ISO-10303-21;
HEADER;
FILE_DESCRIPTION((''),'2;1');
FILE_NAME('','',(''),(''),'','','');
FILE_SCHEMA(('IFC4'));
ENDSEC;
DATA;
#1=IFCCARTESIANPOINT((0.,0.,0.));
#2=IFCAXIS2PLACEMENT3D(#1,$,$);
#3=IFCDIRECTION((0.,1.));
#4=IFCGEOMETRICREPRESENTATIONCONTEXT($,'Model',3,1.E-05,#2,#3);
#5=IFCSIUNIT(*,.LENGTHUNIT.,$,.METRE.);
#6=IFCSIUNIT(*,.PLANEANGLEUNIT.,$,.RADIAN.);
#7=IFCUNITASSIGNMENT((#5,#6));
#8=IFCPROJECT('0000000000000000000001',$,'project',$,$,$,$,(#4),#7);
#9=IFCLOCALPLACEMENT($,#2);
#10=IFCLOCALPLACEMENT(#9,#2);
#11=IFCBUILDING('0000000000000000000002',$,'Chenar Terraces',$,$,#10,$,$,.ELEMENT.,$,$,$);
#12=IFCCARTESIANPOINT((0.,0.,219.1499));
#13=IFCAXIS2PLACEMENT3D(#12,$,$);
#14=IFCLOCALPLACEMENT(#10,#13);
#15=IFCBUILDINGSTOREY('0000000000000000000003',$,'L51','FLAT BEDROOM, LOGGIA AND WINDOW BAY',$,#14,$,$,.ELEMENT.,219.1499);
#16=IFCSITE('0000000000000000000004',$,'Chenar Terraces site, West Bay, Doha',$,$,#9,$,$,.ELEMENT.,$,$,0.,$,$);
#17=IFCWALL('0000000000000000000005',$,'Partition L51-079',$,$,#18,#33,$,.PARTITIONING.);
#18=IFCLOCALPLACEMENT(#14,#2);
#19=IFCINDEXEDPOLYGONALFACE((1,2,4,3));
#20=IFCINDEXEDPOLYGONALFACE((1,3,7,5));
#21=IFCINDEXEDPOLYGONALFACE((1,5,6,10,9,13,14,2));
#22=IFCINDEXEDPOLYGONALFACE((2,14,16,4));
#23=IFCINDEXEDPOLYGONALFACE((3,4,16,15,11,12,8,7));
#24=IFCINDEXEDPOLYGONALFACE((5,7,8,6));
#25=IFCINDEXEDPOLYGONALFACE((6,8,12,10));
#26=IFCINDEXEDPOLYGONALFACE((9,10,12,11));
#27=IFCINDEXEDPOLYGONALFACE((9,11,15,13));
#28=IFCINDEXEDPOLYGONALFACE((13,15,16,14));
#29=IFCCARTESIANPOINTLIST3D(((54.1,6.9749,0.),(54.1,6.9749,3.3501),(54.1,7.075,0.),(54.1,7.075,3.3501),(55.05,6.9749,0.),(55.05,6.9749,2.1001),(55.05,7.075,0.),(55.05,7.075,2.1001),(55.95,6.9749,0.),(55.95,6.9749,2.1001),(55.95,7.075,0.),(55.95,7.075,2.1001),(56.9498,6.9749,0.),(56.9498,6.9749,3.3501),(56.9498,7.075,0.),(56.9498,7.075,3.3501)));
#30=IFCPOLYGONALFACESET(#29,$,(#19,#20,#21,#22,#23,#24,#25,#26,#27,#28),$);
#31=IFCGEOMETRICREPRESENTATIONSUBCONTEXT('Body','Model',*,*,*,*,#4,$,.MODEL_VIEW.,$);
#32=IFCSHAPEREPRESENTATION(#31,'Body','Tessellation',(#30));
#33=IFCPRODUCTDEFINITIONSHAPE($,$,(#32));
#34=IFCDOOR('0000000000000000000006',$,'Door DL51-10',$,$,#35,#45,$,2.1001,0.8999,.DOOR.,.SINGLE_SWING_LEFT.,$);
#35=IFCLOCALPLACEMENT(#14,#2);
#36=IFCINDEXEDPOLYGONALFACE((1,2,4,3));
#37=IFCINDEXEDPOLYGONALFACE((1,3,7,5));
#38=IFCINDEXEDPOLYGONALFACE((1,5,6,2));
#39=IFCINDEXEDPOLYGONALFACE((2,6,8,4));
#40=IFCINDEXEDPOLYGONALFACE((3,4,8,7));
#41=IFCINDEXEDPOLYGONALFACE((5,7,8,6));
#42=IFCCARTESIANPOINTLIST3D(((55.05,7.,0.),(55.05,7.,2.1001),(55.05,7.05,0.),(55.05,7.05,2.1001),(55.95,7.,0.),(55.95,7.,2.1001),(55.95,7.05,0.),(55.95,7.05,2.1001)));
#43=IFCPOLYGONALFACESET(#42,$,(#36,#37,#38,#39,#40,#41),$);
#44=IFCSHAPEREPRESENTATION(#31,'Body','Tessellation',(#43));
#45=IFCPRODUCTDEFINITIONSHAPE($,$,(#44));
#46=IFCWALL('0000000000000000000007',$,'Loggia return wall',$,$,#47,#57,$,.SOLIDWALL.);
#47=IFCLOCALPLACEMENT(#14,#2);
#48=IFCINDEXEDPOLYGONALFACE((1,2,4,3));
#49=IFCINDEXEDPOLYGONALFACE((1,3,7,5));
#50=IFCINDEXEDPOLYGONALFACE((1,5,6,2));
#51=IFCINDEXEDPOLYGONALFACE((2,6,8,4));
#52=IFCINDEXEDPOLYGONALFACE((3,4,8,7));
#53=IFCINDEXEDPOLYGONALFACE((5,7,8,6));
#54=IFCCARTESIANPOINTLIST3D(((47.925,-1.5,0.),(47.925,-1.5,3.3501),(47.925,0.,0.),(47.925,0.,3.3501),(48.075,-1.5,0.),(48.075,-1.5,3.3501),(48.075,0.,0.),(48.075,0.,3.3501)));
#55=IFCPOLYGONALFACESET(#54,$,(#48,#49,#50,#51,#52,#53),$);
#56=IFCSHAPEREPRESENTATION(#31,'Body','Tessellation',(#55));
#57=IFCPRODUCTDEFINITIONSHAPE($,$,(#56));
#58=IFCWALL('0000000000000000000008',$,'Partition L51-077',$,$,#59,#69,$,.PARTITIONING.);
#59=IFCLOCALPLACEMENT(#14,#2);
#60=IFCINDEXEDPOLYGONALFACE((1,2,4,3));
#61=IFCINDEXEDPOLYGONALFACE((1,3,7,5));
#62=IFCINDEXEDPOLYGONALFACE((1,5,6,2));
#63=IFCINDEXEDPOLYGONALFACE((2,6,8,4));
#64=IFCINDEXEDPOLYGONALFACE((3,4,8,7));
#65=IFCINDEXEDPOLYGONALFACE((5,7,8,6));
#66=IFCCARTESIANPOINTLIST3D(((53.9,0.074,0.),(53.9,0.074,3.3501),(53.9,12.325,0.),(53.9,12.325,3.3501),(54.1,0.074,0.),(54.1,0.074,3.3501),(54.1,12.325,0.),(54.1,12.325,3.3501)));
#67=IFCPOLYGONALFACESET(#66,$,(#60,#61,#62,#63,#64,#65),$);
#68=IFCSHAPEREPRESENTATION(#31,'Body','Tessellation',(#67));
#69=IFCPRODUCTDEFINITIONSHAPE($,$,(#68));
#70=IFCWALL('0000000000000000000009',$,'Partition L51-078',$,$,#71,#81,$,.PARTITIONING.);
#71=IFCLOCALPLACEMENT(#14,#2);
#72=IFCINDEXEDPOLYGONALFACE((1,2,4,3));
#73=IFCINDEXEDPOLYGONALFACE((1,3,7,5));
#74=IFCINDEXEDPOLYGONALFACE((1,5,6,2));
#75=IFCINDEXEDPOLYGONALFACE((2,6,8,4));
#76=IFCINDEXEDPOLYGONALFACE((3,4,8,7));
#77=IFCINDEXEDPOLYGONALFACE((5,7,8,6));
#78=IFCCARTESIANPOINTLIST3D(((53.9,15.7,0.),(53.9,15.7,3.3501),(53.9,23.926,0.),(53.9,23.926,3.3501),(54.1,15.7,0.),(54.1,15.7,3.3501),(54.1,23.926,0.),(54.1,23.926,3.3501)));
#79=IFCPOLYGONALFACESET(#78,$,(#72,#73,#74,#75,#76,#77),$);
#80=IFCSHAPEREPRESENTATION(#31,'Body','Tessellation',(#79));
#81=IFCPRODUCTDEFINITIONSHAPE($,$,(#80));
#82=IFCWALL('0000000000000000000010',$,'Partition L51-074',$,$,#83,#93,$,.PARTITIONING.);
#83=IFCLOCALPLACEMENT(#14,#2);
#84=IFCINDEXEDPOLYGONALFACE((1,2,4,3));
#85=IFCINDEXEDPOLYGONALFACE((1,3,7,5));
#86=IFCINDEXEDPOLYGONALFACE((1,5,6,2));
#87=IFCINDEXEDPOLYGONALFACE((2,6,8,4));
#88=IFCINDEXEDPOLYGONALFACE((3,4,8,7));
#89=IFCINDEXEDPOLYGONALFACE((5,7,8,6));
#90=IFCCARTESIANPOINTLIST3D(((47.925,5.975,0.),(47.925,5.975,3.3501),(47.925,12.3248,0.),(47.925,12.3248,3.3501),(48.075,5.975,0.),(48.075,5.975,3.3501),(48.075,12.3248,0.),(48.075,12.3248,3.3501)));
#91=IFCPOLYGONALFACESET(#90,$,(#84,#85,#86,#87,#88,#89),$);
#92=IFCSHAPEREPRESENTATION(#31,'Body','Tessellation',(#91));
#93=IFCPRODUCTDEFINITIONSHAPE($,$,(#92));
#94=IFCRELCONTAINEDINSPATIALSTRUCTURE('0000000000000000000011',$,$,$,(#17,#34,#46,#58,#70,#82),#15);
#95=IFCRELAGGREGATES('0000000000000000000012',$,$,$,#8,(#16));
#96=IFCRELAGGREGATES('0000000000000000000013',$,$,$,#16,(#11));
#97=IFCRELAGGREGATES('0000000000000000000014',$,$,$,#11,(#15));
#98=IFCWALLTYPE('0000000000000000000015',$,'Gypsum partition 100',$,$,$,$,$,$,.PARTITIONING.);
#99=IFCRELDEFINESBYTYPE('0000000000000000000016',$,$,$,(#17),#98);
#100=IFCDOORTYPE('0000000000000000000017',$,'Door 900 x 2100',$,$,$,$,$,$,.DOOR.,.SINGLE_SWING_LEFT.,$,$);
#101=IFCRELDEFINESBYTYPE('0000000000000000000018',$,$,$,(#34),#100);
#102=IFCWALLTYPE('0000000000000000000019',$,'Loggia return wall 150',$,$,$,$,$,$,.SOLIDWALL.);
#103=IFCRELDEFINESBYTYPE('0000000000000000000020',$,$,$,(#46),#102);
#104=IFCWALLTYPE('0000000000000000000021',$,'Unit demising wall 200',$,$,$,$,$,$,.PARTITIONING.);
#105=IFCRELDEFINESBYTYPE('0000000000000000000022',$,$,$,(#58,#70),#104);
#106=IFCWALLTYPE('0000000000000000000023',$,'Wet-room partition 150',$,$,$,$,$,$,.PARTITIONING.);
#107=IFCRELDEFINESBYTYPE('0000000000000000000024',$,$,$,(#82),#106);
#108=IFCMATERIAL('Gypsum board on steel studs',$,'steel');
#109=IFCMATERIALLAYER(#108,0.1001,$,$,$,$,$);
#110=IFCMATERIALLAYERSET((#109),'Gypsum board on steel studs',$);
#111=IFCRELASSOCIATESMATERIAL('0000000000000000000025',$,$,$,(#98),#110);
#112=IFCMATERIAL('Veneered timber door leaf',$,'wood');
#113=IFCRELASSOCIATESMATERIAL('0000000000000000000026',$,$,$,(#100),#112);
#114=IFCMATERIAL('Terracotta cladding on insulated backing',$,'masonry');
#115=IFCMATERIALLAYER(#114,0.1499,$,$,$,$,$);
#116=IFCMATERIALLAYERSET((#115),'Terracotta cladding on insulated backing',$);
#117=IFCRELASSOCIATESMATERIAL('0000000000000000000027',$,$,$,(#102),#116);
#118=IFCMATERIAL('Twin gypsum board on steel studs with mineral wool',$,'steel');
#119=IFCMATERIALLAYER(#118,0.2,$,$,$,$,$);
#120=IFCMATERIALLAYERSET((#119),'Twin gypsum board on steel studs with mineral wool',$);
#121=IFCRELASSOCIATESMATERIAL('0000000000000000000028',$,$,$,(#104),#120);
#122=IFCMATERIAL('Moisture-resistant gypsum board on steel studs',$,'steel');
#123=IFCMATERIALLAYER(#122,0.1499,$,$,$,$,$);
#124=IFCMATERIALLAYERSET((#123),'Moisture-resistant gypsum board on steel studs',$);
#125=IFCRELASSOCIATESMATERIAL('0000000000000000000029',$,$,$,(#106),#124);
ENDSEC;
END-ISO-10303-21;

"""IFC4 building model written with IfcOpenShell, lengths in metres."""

from ifc_helpers import new_model, si_unit, direction, frame, frame_2d, origin, place, context, subcontext, project, spatial, rectangle, extrude, material, layer, layer_set, type_object, element, fill, save


model = new_model("IFC4")

# Units and contexts
model_context = context("Model", 3, precision=1e-05, world=origin(), true_north=direction((0.0, 1.0)))
body_context = subcontext(model_context, "Body", "Model", "MODEL_VIEW")
ifc_project = project(units=[si_unit("LENGTHUNIT", "METRE"), si_unit("PLANEANGLEUNIT", "RADIAN")], contexts=[model_context])

# Site, building, storey
site_placement = place(None, origin())
site = spatial("IfcSite", under=ifc_project, at=site_placement, Name="Chenar Terraces site, West Bay, Doha", CompositionType="ELEMENT", RefElevation=0.0)
building_placement = place(site_placement, origin())
building = spatial("IfcBuilding", under=site, at=building_placement, Name="Chenar Terraces", CompositionType="ELEMENT")
storey_placement = place(building_placement, frame((0.0, 0.0, 219.1499)))
storey = spatial("IfcBuildingStorey", under=building, at=storey_placement, Name="L51", Description="FLAT BEDROOM, LOGGIA AND WINDOW BAY", CompositionType="ELEMENT", Elevation=219.1499)

# Shared definitions
ifc_material_1 = material(Name="Gypsum board on steel studs", Category="steel")
ifc_layer_1 = layer(ifc_material_1, 0.1001)
ifc_layer_set_1 = layer_set([ifc_layer_1], Name="Gypsum board on steel studs")
wall_type_1 = type_object("IfcWallType", Name="Gypsum partition 100", PredefinedType="PARTITIONING", material=ifc_layer_set_1)

# Wall, opening, door
wall_1_placement = place(storey_placement, frame((54.1001, 7.0249, 0.0), z_axis=(0.0, 0.0, 1.0), x_axis=(1.0, 0.0, 0.0)))
wall_1 = element("IfcWall", 1, at=wall_1_placement, inside=storey, type_object=wall_type_1, Name="Partition L51-079", PredefinedType="PARTITIONING", context=body_context, shape_type="SweptSolid", body=[
    extrude(rectangle(XDim=2.8499, YDim=0.1001, at=frame_2d((1.4248, 0.0))), origin(), (0.0, 0.0, 1.0), 3.3501),
])
opening_1_placement = place(wall_1_placement, frame((0.95, 0.0, 0.0)))
opening_1 = element("IfcOpeningElement", 2, at=opening_1_placement, cuts=wall_1, PredefinedType="OPENING", context=body_context, shape_type="SweptSolid", body=[
    extrude(rectangle(XDim=0.8999, YDim=2.1001, at=frame_2d((0.45, 1.05))), frame((0.0, 0.0601, 0.0), z_axis=(0.0, -1.0, 0.0), x_axis=(1.0, 0.0, 0.0)), (0.0, 0.0, 1.0), 0.1201),
])
ifc_material_2 = material(Name="Veneered timber door leaf", Category="wood")
door_type_1 = type_object("IfcDoorType", Name="Door 900 x 2100", OperationType="SINGLE_SWING_LEFT", PredefinedType="DOOR", material=ifc_material_2)
door_1_placement = place(opening_1_placement, frame((0.8999, 0.0, 0.0), z_axis=(0.0, 0.0, 1.0), x_axis=(-1.0, 0.0, 0.0)))
door_1 = element("IfcDoor", 3, at=door_1_placement, inside=storey, type_object=door_type_1, Name="Door DL51-10", OperationType="SINGLE_SWING_LEFT", OverallHeight=2.1001, OverallWidth=0.8999, PredefinedType="DOOR", context=body_context, shape_type="SweptSolid", body=[
    extrude(rectangle(XDim=0.8999, YDim=2.1001, at=frame_2d((0.45, 1.05))), frame((0.0, 0.0249, 0.0), z_axis=(0.0, -1.0, 0.0), x_axis=(1.0, 0.0, 0.0)), (0.0, 0.0, 1.0), 0.05),
])
fill(opening_1, door_1)

# Walls
ifc_material_3 = material(Name="Terracotta cladding on insulated backing", Category="masonry")
ifc_layer_2 = layer(ifc_material_3, 0.1499)
ifc_layer_set_2 = layer_set([ifc_layer_2], Name="Terracotta cladding on insulated backing")
wall_type_2 = type_object("IfcWallType", Name="Loggia return wall 150", PredefinedType="SOLIDWALL", material=ifc_layer_set_2)
wall_2_placement = place(storey_placement, frame((48.0, -1.5, 0.0), z_axis=(0.0, 0.0, 1.0), x_axis=(0.0, 1.0, 0.0)))
element("IfcWall", 4, at=wall_2_placement, inside=storey, type_object=wall_type_2, Name="Loggia return wall", PredefinedType="SOLIDWALL", context=body_context, shape_type="SweptSolid", body=[
    extrude(rectangle(XDim=1.5, YDim=0.1499, at=frame_2d((0.75, 0.0))), origin(), (0.0, 0.0, 1.0), 3.3501),
])
ifc_material_4 = material(Name="Twin gypsum board on steel studs with mineral wool", Category="steel")
ifc_layer_3 = layer(ifc_material_4, 0.2)
ifc_layer_set_3 = layer_set([ifc_layer_3], Name="Twin gypsum board on steel studs with mineral wool")
wall_type_3 = type_object("IfcWallType", Name="Unit demising wall 200", PredefinedType="PARTITIONING", material=ifc_layer_set_3)
wall_3_placement = place(storey_placement, frame((54.0, 0.074, 0.0), z_axis=(0.0, 0.0, 1.0), x_axis=(0.0, 1.0, 0.0)))
element("IfcWall", 5, at=wall_3_placement, inside=storey, type_object=wall_type_3, Name="Partition L51-077", PredefinedType="PARTITIONING", context=body_context, shape_type="SweptSolid", body=[
    extrude(rectangle(XDim=12.251, YDim=0.2, at=frame_2d((6.1255, 0.0))), origin(), (0.0, 0.0, 1.0), 3.3501),
])
wall_4_placement = place(storey_placement, frame((54.0, 15.7, 0.0), z_axis=(0.0, 0.0, 1.0), x_axis=(0.0, 1.0, 0.0)))
element("IfcWall", 6, at=wall_4_placement, inside=storey, type_object=wall_type_3, Name="Partition L51-078", PredefinedType="PARTITIONING", context=body_context, shape_type="SweptSolid", body=[
    extrude(rectangle(XDim=8.2261, YDim=0.2, at=frame_2d((4.113, 0.0))), origin(), (0.0, 0.0, 1.0), 3.3501),
])
ifc_material_5 = material(Name="Moisture-resistant gypsum board on steel studs", Category="steel")
ifc_layer_4 = layer(ifc_material_5, 0.1499)
ifc_layer_set_4 = layer_set([ifc_layer_4], Name="Moisture-resistant gypsum board on steel studs")
wall_type_4 = type_object("IfcWallType", Name="Wet-room partition 150", PredefinedType="PARTITIONING", material=ifc_layer_set_4)
wall_5_placement = place(storey_placement, frame((48.0, 5.9751, 0.0), z_axis=(0.0, 0.0, 1.0), x_axis=(0.0, 1.0, 0.0)))
element("IfcWall", 7, at=wall_5_placement, inside=storey, type_object=wall_type_4, Name="Partition L51-074", PredefinedType="PARTITIONING", context=body_context, shape_type="SweptSolid", body=[
    extrude(rectangle(XDim=6.3499, YDim=0.1499, at=frame_2d((3.1748, 0.0))), origin(), (0.0, 0.0, 1.0), 3.3501),
])

save(model, "model.ifc")
